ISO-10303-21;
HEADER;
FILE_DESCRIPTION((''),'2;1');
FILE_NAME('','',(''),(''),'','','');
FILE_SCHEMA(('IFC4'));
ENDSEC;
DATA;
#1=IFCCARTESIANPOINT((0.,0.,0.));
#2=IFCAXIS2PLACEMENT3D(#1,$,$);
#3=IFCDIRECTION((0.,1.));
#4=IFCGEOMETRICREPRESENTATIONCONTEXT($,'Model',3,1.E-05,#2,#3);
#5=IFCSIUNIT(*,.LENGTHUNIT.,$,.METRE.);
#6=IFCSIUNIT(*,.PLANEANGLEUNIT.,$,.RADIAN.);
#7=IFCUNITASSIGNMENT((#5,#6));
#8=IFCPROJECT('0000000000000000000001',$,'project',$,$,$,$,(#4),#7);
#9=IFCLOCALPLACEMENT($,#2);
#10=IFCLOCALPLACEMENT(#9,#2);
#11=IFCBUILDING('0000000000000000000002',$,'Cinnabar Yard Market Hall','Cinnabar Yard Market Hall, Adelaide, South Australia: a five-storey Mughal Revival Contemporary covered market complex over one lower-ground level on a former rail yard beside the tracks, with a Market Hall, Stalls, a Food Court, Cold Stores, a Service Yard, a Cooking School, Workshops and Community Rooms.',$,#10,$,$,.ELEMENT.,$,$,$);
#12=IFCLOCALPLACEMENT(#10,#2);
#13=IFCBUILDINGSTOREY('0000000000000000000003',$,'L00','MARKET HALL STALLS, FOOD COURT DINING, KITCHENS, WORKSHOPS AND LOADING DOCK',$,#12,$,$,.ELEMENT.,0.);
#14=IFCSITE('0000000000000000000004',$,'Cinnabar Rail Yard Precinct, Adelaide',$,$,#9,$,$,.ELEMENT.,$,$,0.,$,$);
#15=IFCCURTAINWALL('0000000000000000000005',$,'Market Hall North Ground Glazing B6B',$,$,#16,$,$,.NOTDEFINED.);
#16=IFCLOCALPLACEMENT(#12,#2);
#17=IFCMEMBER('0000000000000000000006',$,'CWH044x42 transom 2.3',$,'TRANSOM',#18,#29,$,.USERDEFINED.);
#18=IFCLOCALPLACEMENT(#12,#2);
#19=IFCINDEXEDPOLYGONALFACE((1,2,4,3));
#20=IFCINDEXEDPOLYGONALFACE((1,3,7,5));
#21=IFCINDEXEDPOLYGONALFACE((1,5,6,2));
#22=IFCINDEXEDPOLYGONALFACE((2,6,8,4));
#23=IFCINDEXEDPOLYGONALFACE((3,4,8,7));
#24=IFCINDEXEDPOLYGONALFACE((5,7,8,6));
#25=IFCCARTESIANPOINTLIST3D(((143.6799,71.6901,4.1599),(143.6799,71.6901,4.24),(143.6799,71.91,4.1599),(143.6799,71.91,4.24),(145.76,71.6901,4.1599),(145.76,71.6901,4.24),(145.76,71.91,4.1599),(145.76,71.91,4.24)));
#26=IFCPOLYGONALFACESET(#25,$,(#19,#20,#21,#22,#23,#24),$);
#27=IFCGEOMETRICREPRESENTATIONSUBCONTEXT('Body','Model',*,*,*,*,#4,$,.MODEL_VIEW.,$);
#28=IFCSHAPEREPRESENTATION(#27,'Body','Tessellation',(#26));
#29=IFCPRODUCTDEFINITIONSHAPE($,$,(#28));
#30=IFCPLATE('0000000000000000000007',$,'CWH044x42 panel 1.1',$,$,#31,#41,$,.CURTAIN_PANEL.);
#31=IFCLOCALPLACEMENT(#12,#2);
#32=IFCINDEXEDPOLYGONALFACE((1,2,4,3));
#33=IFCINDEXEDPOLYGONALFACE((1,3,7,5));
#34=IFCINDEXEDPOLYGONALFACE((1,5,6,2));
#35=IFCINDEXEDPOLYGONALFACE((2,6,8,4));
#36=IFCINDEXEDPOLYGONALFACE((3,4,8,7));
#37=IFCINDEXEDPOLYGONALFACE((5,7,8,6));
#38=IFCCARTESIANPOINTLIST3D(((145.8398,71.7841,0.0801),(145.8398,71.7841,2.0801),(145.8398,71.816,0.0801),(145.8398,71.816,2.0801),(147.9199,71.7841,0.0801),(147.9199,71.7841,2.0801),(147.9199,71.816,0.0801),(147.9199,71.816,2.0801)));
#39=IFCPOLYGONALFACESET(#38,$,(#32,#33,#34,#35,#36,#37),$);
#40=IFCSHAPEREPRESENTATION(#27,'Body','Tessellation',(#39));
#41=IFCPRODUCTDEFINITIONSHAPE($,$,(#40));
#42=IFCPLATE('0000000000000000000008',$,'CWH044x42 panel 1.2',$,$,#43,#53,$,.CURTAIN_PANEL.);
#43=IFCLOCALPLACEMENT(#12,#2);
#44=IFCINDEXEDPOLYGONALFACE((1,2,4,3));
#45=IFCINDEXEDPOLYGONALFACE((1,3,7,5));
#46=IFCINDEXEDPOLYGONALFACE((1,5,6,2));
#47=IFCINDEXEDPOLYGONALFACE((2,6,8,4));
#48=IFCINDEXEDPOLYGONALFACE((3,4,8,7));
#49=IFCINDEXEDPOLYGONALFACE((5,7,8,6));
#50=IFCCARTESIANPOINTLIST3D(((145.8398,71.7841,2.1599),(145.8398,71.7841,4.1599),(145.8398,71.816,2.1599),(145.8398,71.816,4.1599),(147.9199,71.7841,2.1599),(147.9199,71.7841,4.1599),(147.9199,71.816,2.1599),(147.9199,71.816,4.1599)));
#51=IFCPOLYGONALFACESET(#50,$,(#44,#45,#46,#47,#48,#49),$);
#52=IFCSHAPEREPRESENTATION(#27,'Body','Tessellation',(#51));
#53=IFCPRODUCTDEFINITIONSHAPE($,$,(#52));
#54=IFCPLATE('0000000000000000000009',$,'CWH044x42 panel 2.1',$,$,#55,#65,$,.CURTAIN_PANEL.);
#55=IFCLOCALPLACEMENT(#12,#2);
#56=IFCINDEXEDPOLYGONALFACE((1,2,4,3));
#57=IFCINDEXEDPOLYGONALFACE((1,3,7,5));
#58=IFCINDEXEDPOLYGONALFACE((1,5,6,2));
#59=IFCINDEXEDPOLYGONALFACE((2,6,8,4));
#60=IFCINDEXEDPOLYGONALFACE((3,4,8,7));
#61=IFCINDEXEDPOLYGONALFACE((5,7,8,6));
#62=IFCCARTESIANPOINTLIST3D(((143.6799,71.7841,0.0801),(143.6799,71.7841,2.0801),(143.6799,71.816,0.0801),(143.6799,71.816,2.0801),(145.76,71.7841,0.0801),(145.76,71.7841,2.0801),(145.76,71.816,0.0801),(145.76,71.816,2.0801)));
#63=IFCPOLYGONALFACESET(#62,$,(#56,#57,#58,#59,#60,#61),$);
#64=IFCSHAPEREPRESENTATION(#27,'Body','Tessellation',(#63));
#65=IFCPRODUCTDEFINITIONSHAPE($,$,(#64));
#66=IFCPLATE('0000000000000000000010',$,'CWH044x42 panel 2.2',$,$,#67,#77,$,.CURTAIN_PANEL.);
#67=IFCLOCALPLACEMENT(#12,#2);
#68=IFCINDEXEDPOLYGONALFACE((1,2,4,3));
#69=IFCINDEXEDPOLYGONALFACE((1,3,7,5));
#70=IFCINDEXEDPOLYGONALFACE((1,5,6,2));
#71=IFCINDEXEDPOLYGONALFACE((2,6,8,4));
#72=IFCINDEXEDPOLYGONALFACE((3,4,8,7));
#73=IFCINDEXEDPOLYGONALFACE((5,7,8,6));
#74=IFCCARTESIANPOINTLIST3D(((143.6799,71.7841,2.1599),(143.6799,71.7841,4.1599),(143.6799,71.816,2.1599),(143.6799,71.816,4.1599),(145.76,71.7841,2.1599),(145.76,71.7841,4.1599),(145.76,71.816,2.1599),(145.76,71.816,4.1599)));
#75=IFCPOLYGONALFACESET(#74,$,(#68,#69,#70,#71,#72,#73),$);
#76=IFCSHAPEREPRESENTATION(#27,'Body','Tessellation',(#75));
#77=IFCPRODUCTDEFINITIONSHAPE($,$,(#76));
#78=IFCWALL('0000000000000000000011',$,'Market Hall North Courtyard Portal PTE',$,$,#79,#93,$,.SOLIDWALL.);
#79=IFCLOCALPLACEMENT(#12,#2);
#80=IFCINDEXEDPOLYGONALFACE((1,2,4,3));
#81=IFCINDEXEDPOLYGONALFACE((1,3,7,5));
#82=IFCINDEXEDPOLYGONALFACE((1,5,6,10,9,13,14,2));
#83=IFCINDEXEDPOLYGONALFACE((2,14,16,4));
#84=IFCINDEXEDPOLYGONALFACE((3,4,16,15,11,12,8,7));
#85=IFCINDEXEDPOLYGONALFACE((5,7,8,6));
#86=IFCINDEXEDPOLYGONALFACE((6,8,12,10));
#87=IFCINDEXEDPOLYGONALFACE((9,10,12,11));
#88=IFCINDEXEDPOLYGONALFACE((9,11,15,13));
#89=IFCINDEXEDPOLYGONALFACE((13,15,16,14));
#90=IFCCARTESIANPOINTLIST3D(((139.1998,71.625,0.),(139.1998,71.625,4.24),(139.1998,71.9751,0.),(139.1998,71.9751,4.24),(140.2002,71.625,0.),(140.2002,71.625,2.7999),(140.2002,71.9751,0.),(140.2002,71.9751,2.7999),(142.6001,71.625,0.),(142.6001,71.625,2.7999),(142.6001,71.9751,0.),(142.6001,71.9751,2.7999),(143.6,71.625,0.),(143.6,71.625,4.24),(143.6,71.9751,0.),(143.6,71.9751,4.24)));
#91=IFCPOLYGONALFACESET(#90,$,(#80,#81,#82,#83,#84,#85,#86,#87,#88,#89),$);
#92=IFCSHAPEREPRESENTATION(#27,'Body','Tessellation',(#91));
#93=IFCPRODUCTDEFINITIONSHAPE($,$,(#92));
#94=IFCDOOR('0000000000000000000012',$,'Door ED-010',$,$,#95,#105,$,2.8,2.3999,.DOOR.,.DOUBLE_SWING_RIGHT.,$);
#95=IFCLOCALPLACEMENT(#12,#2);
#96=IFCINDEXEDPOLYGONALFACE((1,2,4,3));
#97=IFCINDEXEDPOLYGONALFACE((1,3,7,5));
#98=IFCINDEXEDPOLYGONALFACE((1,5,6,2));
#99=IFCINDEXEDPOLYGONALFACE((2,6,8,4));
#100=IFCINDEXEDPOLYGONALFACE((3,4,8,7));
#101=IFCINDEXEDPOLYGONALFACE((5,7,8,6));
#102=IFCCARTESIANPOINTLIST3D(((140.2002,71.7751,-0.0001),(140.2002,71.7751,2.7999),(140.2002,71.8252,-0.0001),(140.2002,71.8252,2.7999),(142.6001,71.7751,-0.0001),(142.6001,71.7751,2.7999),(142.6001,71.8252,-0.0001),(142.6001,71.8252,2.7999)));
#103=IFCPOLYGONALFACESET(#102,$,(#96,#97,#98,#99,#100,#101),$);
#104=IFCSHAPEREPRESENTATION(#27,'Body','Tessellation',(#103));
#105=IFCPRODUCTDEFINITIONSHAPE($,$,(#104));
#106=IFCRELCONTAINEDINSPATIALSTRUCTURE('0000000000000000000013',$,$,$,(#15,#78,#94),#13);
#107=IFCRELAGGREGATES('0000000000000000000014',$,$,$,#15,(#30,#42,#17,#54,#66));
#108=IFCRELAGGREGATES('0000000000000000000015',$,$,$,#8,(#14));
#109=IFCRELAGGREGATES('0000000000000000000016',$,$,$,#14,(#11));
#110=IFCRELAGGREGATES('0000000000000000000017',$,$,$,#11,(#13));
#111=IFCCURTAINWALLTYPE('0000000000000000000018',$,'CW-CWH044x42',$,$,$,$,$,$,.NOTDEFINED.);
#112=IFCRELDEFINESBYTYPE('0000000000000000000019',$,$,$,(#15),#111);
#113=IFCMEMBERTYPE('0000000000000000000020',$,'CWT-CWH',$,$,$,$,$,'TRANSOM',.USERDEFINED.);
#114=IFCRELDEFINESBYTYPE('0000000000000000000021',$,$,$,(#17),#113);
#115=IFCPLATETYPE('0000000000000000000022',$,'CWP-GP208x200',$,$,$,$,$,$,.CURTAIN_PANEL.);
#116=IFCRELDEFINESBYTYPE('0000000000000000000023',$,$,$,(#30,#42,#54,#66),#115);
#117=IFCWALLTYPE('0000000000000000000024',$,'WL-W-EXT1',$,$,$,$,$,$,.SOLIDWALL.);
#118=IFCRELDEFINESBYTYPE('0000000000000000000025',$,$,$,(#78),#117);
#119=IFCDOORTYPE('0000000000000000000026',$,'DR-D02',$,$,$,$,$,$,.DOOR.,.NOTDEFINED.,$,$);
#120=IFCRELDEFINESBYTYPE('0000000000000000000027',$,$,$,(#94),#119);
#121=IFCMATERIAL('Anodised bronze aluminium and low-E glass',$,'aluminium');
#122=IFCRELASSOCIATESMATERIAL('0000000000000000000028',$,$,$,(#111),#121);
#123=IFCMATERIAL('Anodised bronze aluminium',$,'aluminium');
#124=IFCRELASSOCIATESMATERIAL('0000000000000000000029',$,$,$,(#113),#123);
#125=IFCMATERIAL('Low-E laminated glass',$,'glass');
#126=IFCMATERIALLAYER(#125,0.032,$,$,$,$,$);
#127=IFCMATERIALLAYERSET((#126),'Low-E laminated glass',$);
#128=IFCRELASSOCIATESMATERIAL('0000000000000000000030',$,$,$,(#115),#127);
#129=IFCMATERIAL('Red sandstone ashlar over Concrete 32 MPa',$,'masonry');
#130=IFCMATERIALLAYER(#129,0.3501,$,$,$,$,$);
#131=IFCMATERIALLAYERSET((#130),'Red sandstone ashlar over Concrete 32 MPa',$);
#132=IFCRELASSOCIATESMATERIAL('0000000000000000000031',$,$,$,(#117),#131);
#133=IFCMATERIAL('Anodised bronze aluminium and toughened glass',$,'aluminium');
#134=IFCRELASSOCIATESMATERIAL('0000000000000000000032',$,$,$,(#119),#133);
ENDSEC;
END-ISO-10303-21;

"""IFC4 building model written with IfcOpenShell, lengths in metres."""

from ifc_helpers import new_model, si_unit, direction, frame, frame_2d, origin, origin_2d_with_axis, place, context, subcontext, project, spatial, rectangle, extrude, material, layer, layer_set, material_profile, profile_set, type_object, element, fill, aggregate, save


model = new_model("IFC4")

# Units and contexts
model_context = context("Model", 3, precision=1e-05, world=origin(), true_north=direction((0.0, 1.0)))
body_context = subcontext(model_context, "Body", "Model", "MODEL_VIEW")
ifc_project = project(units=[si_unit("LENGTHUNIT", "METRE"), si_unit("PLANEANGLEUNIT", "RADIAN")], contexts=[model_context])

# Site, building, storey
site_placement = place(None, origin())
site = spatial("IfcSite", under=ifc_project, at=site_placement, Name="Cinnabar Rail Yard Precinct, Adelaide", CompositionType="ELEMENT", RefElevation=0.0)
building_placement = place(site_placement, origin())
building = spatial("IfcBuilding", under=site, at=building_placement, Name="Cinnabar Yard Market Hall", Description="Cinnabar Yard Market Hall, Adelaide, South Australia: a five-storey Mughal Revival Contemporary covered market complex over one lower-ground level on a former rail yard beside the tracks, with a Market Hall, Stalls, a Food Court, Cold Stores, a Service Yard, a Cooking School, Workshops and Community Rooms.", CompositionType="ELEMENT")
storey_placement = place(building_placement, origin())
storey = spatial("IfcBuildingStorey", under=building, at=storey_placement, Name="L00", Description="MARKET HALL STALLS, FOOD COURT DINING, KITCHENS, WORKSHOPS AND LOADING DOCK", CompositionType="ELEMENT", Elevation=0.0)

# Shared definitions
ifc_material_1 = material(Name="Anodised bronze aluminium", Category="aluminium")

# Curtain wall, member, plates
ifc_material_2 = material(Name="Anodised bronze aluminium and low-E glass", Category="aluminium")
curtain_wall_type_1 = type_object("IfcCurtainWallType", Name="CW-CWH044x42", PredefinedType="NOTDEFINED", material=ifc_material_2)
curtain_wall_1_placement = place(storey_placement, origin())
curtain_wall_1 = element("IfcCurtainWall", 1, at=curtain_wall_1_placement, inside=storey, type_object=curtain_wall_type_1, Name="Market Hall North Ground Glazing B6B", PredefinedType="NOTDEFINED")
ifc_material_profile_1 = material_profile(ifc_material_1, rectangle(XDim=0.22, YDim=0.0801, at=origin_2d_with_axis()), Name="TRN-CWH")
ifc_profile_set_1 = profile_set([ifc_material_profile_1], Name="Anodised bronze aluminium")
member_type_1 = type_object("IfcMemberType", Name="CWT-CWH", ElementType="TRANSOM", PredefinedType="USERDEFINED", material=ifc_profile_set_1)
member_1_placement = place(storey_placement, frame((145.76, 71.8, 4.2), z_axis=(-1.0, 0.0, 0.0), x_axis=(0.0, -1.0, 0.0)))
member_1 = element("IfcMember", 2, at=member_1_placement, type_object=member_type_1, Name="CWH044x42 transom 2.3", ObjectType="TRANSOM", PredefinedType="USERDEFINED", context=body_context, shape_type="SweptSolid", body=[
    extrude(rectangle(XDim=0.22, YDim=0.0801, at=origin_2d_with_axis()), origin(), (0.0, 0.0, 1.0), 2.0801),
])
ifc_material_3 = material(Name="Low-E laminated glass", Category="glass")
ifc_layer_1 = layer(ifc_material_3, 0.032)
ifc_layer_set_1 = layer_set([ifc_layer_1], Name="Low-E laminated glass")
plate_type = type_object("IfcPlateType", Name="CWP-GP208x200", PredefinedType="CURTAIN_PANEL", material=ifc_layer_set_1)
plate_1_placement = place(storey_placement, frame((146.8799, 71.8, 0.0801), z_axis=(0.0, 0.0, 1.0), x_axis=(-1.0, 0.0, 0.0)))
plate_1 = element("IfcPlate", 3, at=plate_1_placement, type_object=plate_type, Name="CWH044x42 panel 1.1", PredefinedType="CURTAIN_PANEL", context=body_context, shape_type="SweptSolid", body=[
    extrude(rectangle(XDim=2.0801, YDim=0.032, at=origin_2d_with_axis()), origin(), (0.0, 0.0, 1.0), 2.0),
])
plate_2_placement = place(storey_placement, frame((146.8799, 71.8, 2.1599), z_axis=(0.0, 0.0, 1.0), x_axis=(-1.0, 0.0, 0.0)))
plate_2 = element("IfcPlate", 4, at=plate_2_placement, type_object=plate_type, Name="CWH044x42 panel 1.2", PredefinedType="CURTAIN_PANEL", context=body_context, shape_type="SweptSolid", body=[
    extrude(rectangle(XDim=2.0801, YDim=0.032, at=origin_2d_with_axis()), origin(), (0.0, 0.0, 1.0), 2.0),
])
plate_3_placement = place(storey_placement, frame((144.72, 71.8, 0.0801), z_axis=(0.0, 0.0, 1.0), x_axis=(-1.0, 0.0, 0.0)))
plate_3 = element("IfcPlate", 5, at=plate_3_placement, type_object=plate_type, Name="CWH044x42 panel 2.1", PredefinedType="CURTAIN_PANEL", context=body_context, shape_type="SweptSolid", body=[
    extrude(rectangle(XDim=2.0801, YDim=0.032, at=origin_2d_with_axis()), origin(), (0.0, 0.0, 1.0), 2.0),
])
plate_4_placement = place(storey_placement, frame((144.72, 71.8, 2.1599), z_axis=(0.0, 0.0, 1.0), x_axis=(-1.0, 0.0, 0.0)))
plate_4 = element("IfcPlate", 6, at=plate_4_placement, type_object=plate_type, Name="CWH044x42 panel 2.2", PredefinedType="CURTAIN_PANEL", context=body_context, shape_type="SweptSolid", body=[
    extrude(rectangle(XDim=2.0801, YDim=0.032, at=origin_2d_with_axis()), origin(), (0.0, 0.0, 1.0), 2.0),
])
aggregate(curtain_wall_1, [plate_1, plate_2, member_1, plate_3, plate_4])

# Wall, opening, door
ifc_material_4 = material(Name="Red sandstone ashlar over Concrete 32 MPa", Category="masonry")
ifc_layer_2 = layer(ifc_material_4, 0.3501)
ifc_layer_set_2 = layer_set([ifc_layer_2], Name="Red sandstone ashlar over Concrete 32 MPa")
wall_type = type_object("IfcWallType", Name="WL-W-EXT1", PredefinedType="SOLIDWALL", material=ifc_layer_set_2)
wall_placement = place(storey_placement, frame((143.6001, 71.8, 0.0), z_axis=(0.0, 0.0, 1.0), x_axis=(-1.0, 0.0, 0.0)))
wall = element("IfcWall", 7, at=wall_placement, inside=storey, type_object=wall_type, Name="Market Hall North Courtyard Portal PTE", PredefinedType="SOLIDWALL", context=body_context, shape_type="SweptSolid", body=[
    extrude(rectangle(XDim=4.4001, YDim=0.3501, at=frame_2d((2.2002, 0.0), x_axis=(1.0, 0.0))), origin(), (0.0, 0.0, 1.0), 4.24),
])
opening_placement = place(wall_placement, frame((1.0, 0.0, 0.0)))
opening = element("IfcOpeningElement", 8, at=opening_placement, cuts=wall, PredefinedType="OPENING", context=body_context, shape_type="SweptSolid", body=[
    extrude(rectangle(XDim=2.3999, YDim=2.8, at=frame_2d((1.2, 1.3999), x_axis=(1.0, 0.0))), frame((0.0, 0.1851, 0.0), z_axis=(0.0, -1.0, 0.0), x_axis=(1.0, 0.0, 0.0)), (0.0, 0.0, 1.0), 0.3701),
])
ifc_material_5 = material(Name="Anodised bronze aluminium and toughened glass", Category="aluminium")
door_type = type_object("IfcDoorType", Name="DR-D02", OperationType="NOTDEFINED", PredefinedType="DOOR", material=ifc_material_5)
door_placement = place(opening_placement, origin())
door = element("IfcDoor", 9, at=door_placement, inside=storey, type_object=door_type, Name="Door ED-010", OperationType="DOUBLE_SWING_RIGHT", OverallHeight=2.8, OverallWidth=2.3999, PredefinedType="DOOR", context=body_context, shape_type="SweptSolid", body=[
    extrude(rectangle(XDim=2.3999, YDim=2.8, at=frame_2d((1.2, 1.3999), x_axis=(1.0, 0.0))), frame((0.0, 0.0249, 0.0), z_axis=(0.0, -1.0, 0.0), x_axis=(1.0, 0.0, 0.0)), (0.0, 0.0, 1.0), 0.05),
])
fill(opening, door)

save(model, "model.ifc")
